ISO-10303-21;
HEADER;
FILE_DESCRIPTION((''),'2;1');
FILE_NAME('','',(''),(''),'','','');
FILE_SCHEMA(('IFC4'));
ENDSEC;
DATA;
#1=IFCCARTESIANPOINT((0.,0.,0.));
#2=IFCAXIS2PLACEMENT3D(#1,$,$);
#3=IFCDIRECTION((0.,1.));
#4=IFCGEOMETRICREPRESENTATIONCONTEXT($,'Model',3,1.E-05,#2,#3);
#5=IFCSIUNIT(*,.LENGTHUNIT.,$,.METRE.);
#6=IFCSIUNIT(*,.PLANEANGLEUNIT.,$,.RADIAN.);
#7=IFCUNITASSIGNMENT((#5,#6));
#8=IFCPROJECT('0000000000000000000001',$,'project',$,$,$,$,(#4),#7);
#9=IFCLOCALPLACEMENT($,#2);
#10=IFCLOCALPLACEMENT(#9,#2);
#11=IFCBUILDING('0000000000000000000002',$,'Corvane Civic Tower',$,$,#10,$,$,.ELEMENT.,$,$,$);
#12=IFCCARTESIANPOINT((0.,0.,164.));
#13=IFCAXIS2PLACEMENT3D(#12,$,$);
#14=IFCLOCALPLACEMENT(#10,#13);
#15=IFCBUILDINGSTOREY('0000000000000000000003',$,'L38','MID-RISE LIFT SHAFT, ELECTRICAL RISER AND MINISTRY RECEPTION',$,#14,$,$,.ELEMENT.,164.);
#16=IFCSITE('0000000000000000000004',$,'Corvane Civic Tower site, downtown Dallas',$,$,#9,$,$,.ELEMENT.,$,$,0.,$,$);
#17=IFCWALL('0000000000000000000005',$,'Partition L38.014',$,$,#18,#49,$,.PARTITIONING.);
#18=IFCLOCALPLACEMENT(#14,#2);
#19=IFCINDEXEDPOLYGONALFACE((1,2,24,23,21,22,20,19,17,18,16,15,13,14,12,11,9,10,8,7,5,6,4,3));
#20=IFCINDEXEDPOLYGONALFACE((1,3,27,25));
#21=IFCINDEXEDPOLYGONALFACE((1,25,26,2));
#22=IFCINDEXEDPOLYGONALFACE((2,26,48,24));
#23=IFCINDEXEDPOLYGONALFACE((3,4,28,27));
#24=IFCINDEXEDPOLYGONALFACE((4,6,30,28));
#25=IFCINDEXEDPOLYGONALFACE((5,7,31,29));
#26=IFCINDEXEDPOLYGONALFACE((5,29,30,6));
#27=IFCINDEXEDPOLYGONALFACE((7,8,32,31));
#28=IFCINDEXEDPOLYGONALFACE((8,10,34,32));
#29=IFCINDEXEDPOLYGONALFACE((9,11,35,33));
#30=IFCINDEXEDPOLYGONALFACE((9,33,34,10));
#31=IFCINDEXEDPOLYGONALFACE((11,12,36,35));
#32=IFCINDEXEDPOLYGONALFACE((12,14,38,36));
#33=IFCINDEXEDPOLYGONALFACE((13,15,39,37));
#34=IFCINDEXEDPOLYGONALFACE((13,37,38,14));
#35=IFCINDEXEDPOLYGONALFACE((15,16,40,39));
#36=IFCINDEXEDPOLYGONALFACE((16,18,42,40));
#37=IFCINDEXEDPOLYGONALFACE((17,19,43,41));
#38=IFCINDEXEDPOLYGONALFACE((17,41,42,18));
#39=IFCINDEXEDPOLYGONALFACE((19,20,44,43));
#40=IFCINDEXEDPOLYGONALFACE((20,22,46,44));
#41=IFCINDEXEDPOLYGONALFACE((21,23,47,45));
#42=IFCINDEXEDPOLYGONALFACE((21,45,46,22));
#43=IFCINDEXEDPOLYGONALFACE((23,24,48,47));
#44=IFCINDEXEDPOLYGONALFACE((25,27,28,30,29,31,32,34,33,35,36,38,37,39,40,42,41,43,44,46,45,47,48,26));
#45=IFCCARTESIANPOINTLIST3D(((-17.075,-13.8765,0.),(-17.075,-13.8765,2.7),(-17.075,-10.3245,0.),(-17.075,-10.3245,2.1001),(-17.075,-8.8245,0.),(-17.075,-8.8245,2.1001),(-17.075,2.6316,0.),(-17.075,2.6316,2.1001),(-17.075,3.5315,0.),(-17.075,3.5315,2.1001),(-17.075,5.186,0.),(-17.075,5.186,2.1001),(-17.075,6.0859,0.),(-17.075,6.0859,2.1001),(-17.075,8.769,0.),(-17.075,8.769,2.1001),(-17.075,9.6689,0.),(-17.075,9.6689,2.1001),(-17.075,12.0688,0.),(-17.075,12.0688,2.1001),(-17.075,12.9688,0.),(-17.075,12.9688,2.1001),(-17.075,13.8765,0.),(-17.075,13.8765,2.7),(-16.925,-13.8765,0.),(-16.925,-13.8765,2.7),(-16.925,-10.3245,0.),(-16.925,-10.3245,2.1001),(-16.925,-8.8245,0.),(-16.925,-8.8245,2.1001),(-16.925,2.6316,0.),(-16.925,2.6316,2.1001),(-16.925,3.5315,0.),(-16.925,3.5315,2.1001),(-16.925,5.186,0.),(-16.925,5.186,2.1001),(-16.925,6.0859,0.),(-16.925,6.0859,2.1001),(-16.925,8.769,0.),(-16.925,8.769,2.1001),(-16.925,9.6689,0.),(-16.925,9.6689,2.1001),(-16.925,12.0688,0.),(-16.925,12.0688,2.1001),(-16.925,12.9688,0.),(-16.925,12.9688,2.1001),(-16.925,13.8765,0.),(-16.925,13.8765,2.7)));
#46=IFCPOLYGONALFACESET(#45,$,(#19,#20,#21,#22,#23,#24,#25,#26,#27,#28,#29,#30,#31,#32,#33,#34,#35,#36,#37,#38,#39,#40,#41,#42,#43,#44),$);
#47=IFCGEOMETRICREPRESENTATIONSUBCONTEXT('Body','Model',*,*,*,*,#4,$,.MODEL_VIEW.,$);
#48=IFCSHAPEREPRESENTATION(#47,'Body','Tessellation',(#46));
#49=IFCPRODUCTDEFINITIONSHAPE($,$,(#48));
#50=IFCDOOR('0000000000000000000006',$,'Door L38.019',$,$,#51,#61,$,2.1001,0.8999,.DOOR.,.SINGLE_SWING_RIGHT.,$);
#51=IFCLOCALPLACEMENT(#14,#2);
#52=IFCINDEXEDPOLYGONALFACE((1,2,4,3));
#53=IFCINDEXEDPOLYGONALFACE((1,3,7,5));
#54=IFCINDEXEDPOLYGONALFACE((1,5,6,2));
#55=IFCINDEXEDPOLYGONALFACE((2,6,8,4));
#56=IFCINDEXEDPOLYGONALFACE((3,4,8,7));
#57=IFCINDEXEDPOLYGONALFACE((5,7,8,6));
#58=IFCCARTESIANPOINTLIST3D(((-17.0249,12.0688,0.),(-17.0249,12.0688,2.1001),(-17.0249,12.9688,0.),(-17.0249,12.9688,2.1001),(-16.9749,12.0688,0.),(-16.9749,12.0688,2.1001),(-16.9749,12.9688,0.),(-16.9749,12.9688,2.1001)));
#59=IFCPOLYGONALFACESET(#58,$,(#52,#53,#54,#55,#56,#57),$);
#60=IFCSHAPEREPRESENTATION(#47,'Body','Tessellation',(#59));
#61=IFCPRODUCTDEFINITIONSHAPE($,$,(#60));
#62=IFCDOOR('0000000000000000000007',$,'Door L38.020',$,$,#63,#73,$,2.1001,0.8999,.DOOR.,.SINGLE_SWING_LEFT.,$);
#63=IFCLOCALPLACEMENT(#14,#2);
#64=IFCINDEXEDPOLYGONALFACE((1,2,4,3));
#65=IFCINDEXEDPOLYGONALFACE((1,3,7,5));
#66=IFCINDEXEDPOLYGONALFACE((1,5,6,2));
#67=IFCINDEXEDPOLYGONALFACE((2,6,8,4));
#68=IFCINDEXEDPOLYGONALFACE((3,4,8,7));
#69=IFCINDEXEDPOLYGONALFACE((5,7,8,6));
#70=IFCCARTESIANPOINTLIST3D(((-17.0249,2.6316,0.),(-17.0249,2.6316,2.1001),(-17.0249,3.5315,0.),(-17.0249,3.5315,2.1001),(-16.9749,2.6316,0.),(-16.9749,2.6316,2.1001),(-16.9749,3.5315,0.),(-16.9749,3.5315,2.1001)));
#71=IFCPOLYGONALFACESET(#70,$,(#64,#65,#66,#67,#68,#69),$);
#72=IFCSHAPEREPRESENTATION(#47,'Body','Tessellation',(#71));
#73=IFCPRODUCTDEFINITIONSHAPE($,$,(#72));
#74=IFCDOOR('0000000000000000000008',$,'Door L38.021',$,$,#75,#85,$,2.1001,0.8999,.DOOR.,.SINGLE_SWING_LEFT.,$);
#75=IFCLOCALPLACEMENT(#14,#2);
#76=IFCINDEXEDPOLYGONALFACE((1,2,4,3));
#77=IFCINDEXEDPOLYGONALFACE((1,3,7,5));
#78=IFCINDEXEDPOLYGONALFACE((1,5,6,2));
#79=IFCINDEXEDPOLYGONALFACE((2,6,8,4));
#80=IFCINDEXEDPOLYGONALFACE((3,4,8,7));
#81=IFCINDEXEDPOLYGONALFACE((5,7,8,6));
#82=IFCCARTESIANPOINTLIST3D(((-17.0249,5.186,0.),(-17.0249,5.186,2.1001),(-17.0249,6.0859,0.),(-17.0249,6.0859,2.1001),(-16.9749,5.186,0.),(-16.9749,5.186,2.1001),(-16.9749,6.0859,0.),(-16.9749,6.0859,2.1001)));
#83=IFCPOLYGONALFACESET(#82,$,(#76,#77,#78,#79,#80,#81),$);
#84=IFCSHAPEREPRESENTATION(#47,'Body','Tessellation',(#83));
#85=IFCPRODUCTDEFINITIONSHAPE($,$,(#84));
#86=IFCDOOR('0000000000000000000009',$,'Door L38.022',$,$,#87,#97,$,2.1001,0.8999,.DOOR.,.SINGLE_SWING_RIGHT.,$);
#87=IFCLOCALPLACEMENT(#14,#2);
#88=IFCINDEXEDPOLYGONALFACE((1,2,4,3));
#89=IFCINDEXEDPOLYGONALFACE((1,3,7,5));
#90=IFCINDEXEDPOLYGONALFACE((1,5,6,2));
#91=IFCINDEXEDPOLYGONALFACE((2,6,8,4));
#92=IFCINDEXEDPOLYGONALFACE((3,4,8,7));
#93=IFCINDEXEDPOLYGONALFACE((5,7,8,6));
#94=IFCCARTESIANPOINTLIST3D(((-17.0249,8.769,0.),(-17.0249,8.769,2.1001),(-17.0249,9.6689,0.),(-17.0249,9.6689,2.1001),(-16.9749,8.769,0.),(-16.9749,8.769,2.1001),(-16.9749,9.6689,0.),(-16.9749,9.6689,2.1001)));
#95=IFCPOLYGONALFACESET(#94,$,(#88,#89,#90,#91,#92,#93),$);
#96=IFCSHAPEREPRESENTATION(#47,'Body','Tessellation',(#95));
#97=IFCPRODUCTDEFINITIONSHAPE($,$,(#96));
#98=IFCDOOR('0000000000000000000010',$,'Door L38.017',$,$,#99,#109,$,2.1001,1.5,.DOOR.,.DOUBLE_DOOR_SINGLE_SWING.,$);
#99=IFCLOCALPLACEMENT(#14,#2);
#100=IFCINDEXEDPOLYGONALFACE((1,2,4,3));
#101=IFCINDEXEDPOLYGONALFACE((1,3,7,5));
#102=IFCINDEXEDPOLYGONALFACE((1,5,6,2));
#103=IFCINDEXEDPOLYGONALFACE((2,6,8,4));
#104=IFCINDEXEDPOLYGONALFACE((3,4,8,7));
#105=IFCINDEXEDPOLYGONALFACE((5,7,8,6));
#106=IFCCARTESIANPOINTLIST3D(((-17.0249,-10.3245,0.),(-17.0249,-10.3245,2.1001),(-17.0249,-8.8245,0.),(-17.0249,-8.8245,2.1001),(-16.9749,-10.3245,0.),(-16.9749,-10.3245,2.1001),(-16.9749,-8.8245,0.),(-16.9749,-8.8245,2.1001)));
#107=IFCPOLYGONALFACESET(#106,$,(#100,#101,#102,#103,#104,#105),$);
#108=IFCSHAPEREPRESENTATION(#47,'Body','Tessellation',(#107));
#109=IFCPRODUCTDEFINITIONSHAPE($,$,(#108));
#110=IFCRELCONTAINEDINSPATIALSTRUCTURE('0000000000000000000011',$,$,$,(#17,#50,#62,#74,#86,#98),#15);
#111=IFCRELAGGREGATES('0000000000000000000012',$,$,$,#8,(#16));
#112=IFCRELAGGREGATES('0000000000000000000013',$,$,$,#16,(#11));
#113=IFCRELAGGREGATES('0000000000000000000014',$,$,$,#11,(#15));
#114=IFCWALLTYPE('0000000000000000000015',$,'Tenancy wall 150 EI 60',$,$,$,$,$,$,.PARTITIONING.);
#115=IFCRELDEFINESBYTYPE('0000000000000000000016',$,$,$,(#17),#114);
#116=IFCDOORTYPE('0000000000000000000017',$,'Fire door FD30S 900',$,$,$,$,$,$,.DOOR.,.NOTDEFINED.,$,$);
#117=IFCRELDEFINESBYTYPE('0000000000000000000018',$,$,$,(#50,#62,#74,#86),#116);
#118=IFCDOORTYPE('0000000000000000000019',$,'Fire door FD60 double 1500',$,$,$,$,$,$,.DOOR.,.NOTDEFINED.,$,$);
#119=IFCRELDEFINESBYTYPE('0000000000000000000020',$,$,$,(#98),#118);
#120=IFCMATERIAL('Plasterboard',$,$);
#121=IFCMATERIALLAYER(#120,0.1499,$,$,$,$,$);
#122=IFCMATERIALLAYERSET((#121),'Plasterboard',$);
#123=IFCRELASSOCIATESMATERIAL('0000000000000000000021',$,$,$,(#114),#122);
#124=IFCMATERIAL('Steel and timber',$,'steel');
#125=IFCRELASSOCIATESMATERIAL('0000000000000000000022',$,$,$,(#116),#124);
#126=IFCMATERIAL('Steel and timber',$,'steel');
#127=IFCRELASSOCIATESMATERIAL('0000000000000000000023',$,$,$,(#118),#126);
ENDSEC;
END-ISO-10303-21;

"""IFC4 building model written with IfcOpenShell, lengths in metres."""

from ifc_helpers import new_model, si_unit, direction, frame, frame_2d, origin, place, context, subcontext, project, spatial, rectangle, extrude, material, layer, layer_set, type_object, element, fill, save


model = new_model("IFC4")

# Units and contexts
model_context = context("Model", 3, precision=1e-05, world=origin(), true_north=direction((0.0, 1.0)))
body_context = subcontext(model_context, "Body", "Model", "MODEL_VIEW")
ifc_project = project(units=[si_unit("LENGTHUNIT", "METRE"), si_unit("PLANEANGLEUNIT", "RADIAN")], contexts=[model_context])

# Site, building, storey
site_placement = place(None, origin())
site = spatial("IfcSite", under=ifc_project, at=site_placement, Name="Corvane Civic Tower site, downtown Dallas", CompositionType="ELEMENT", RefElevation=0.0)
building_placement = place(site_placement, origin())
building = spatial("IfcBuilding", under=site, at=building_placement, Name="Corvane Civic Tower", CompositionType="ELEMENT")
storey_placement = place(building_placement, frame((0.0, 0.0, 164.0)))
storey = spatial("IfcBuildingStorey", under=building, at=storey_placement, Name="L38", Description="MID-RISE LIFT SHAFT, ELECTRICAL RISER AND MINISTRY RECEPTION", CompositionType="ELEMENT", Elevation=164.0)

# Shared definitions
ifc_material_1 = material(Name="Plasterboard")
ifc_layer_1 = layer(ifc_material_1, 0.1499)
ifc_layer_set_1 = layer_set([ifc_layer_1], Name="Plasterboard")
wall_type_1 = type_object("IfcWallType", Name="Tenancy wall 150 EI 60", PredefinedType="PARTITIONING", material=ifc_layer_set_1)
ifc_material_2 = material(Name="Steel and timber", Category="steel")
door_type_1 = type_object("IfcDoorType", Name="Fire door FD30S 900", OperationType="NOTDEFINED", PredefinedType="DOOR", material=ifc_material_2)

# Wall, openings, doors
wall_1_placement = place(storey_placement, frame((-17.0, -13.8765, 0.0), z_axis=(0.0, 0.0, 1.0), x_axis=(0.0, 1.0, 0.0)))
wall_1 = element("IfcWall", 1, at=wall_1_placement, inside=storey, type_object=wall_type_1, Name="Partition L38.014", PredefinedType="PARTITIONING", context=body_context, shape_type="SweptSolid", body=[
    extrude(rectangle(XDim=27.7529, YDim=0.1499, at=frame_2d((13.8765, 0.0))), origin(), (0.0, 0.0, 1.0), 2.7),
])
opening_1_placement = place(wall_1_placement, frame((3.552, 0.0, 0.0)))
opening_1 = element("IfcOpeningElement", 2, at=opening_1_placement, cuts=wall_1, PredefinedType="OPENING", context=body_context, shape_type="SweptSolid", body=[
    extrude(rectangle(XDim=1.5, YDim=2.1001, at=frame_2d((0.75, 1.05))), frame((0.0, 0.085, 0.0), z_axis=(0.0, -1.0, 0.0), x_axis=(1.0, 0.0, 0.0)), (0.0, 0.0, 1.0), 0.1699),
])
opening_2_placement = place(wall_1_placement, frame((25.9453, 0.0, 0.0)))
opening_2 = element("IfcOpeningElement", 3, at=opening_2_placement, cuts=wall_1, PredefinedType="OPENING", context=body_context, shape_type="SweptSolid", body=[
    extrude(rectangle(XDim=0.8999, YDim=2.1001, at=frame_2d((0.45, 1.05))), frame((0.0, 0.085, 0.0), z_axis=(0.0, -1.0, 0.0), x_axis=(1.0, 0.0, 0.0)), (0.0, 0.0, 1.0), 0.1699),
])
opening_3_placement = place(wall_1_placement, frame((16.5081, 0.0, 0.0)))
opening_3 = element("IfcOpeningElement", 4, at=opening_3_placement, cuts=wall_1, PredefinedType="OPENING", context=body_context, shape_type="SweptSolid", body=[
    extrude(rectangle(XDim=0.8999, YDim=2.1001, at=frame_2d((0.45, 1.05))), frame((0.0, 0.085, 0.0), z_axis=(0.0, -1.0, 0.0), x_axis=(1.0, 0.0, 0.0)), (0.0, 0.0, 1.0), 0.1699),
])
opening_4_placement = place(wall_1_placement, frame((19.0625, 0.0, 0.0)))
opening_4 = element("IfcOpeningElement", 5, at=opening_4_placement, cuts=wall_1, PredefinedType="OPENING", context=body_context, shape_type="SweptSolid", body=[
    extrude(rectangle(XDim=0.8999, YDim=2.1001, at=frame_2d((0.45, 1.05))), frame((0.0, 0.085, 0.0), z_axis=(0.0, -1.0, 0.0), x_axis=(1.0, 0.0, 0.0)), (0.0, 0.0, 1.0), 0.1699),
])
opening_5_placement = place(wall_1_placement, frame((22.6455, 0.0, 0.0)))
opening_5 = element("IfcOpeningElement", 6, at=opening_5_placement, cuts=wall_1, PredefinedType="OPENING", context=body_context, shape_type="SweptSolid", body=[
    extrude(rectangle(XDim=0.8999, YDim=2.1001, at=frame_2d((0.45, 1.05))), frame((0.0, 0.085, 0.0), z_axis=(0.0, -1.0, 0.0), x_axis=(1.0, 0.0, 0.0)), (0.0, 0.0, 1.0), 0.1699),
])
door_1_placement = place(opening_2_placement, origin())
door_1 = element("IfcDoor", 7, at=door_1_placement, inside=storey, type_object=door_type_1, Name="Door L38.019", OperationType="SINGLE_SWING_RIGHT", OverallHeight=2.1001, OverallWidth=0.8999, PredefinedType="DOOR", context=body_context, shape_type="SweptSolid", body=[
    extrude(rectangle(XDim=0.8999, YDim=2.1001, at=frame_2d((0.45, 1.05))), frame((0.0, 0.0249, 0.0), z_axis=(0.0, -1.0, 0.0), x_axis=(1.0, 0.0, 0.0)), (0.0, 0.0, 1.0), 0.05),
])
fill(opening_2, door_1)
door_2_placement = place(opening_3_placement, origin())
door_2 = element("IfcDoor", 8, at=door_2_placement, inside=storey, type_object=door_type_1, Name="Door L38.020", OperationType="SINGLE_SWING_LEFT", OverallHeight=2.1001, OverallWidth=0.8999, PredefinedType="DOOR", context=body_context, shape_type="SweptSolid", body=[
    extrude(rectangle(XDim=0.8999, YDim=2.1001, at=frame_2d((0.45, 1.05))), frame((0.0, 0.0249, 0.0), z_axis=(0.0, -1.0, 0.0), x_axis=(1.0, 0.0, 0.0)), (0.0, 0.0, 1.0), 0.05),
])
fill(opening_3, door_2)
door_3_placement = place(opening_4_placement, origin())
door_3 = element("IfcDoor", 9, at=door_3_placement, inside=storey, type_object=door_type_1, Name="Door L38.021", OperationType="SINGLE_SWING_LEFT", OverallHeight=2.1001, OverallWidth=0.8999, PredefinedType="DOOR", context=body_context, shape_type="SweptSolid", body=[
    extrude(rectangle(XDim=0.8999, YDim=2.1001, at=frame_2d((0.45, 1.05))), frame((0.0, 0.0249, 0.0), z_axis=(0.0, -1.0, 0.0), x_axis=(1.0, 0.0, 0.0)), (0.0, 0.0, 1.0), 0.05),
])
fill(opening_4, door_3)
door_4_placement = place(opening_5_placement, origin())
door_4 = element("IfcDoor", 10, at=door_4_placement, inside=storey, type_object=door_type_1, Name="Door L38.022", OperationType="SINGLE_SWING_RIGHT", OverallHeight=2.1001, OverallWidth=0.8999, PredefinedType="DOOR", context=body_context, shape_type="SweptSolid", body=[
    extrude(rectangle(XDim=0.8999, YDim=2.1001, at=frame_2d((0.45, 1.05))), frame((0.0, 0.0249, 0.0), z_axis=(0.0, -1.0, 0.0), x_axis=(1.0, 0.0, 0.0)), (0.0, 0.0, 1.0), 0.05),
])
fill(opening_5, door_4)
ifc_material_3 = material(Name="Steel and timber", Category="steel")
door_type_2 = type_object("IfcDoorType", Name="Fire door FD60 double 1500", OperationType="NOTDEFINED", PredefinedType="DOOR", material=ifc_material_3)
door_5_placement = place(opening_1_placement, origin())
door_5 = element("IfcDoor", 11, at=door_5_placement, inside=storey, type_object=door_type_2, Name="Door L38.017", OperationType="DOUBLE_DOOR_SINGLE_SWING", OverallHeight=2.1001, OverallWidth=1.5, PredefinedType="DOOR", context=body_context, shape_type="SweptSolid", body=[
    extrude(rectangle(XDim=1.5, YDim=2.1001, at=frame_2d((0.75, 1.05))), frame((0.0, 0.0249, 0.0), z_axis=(0.0, -1.0, 0.0), x_axis=(1.0, 0.0, 0.0)), (0.0, 0.0, 1.0), 0.05),
])
fill(opening_1, door_5)

save(model, "model.ifc")
